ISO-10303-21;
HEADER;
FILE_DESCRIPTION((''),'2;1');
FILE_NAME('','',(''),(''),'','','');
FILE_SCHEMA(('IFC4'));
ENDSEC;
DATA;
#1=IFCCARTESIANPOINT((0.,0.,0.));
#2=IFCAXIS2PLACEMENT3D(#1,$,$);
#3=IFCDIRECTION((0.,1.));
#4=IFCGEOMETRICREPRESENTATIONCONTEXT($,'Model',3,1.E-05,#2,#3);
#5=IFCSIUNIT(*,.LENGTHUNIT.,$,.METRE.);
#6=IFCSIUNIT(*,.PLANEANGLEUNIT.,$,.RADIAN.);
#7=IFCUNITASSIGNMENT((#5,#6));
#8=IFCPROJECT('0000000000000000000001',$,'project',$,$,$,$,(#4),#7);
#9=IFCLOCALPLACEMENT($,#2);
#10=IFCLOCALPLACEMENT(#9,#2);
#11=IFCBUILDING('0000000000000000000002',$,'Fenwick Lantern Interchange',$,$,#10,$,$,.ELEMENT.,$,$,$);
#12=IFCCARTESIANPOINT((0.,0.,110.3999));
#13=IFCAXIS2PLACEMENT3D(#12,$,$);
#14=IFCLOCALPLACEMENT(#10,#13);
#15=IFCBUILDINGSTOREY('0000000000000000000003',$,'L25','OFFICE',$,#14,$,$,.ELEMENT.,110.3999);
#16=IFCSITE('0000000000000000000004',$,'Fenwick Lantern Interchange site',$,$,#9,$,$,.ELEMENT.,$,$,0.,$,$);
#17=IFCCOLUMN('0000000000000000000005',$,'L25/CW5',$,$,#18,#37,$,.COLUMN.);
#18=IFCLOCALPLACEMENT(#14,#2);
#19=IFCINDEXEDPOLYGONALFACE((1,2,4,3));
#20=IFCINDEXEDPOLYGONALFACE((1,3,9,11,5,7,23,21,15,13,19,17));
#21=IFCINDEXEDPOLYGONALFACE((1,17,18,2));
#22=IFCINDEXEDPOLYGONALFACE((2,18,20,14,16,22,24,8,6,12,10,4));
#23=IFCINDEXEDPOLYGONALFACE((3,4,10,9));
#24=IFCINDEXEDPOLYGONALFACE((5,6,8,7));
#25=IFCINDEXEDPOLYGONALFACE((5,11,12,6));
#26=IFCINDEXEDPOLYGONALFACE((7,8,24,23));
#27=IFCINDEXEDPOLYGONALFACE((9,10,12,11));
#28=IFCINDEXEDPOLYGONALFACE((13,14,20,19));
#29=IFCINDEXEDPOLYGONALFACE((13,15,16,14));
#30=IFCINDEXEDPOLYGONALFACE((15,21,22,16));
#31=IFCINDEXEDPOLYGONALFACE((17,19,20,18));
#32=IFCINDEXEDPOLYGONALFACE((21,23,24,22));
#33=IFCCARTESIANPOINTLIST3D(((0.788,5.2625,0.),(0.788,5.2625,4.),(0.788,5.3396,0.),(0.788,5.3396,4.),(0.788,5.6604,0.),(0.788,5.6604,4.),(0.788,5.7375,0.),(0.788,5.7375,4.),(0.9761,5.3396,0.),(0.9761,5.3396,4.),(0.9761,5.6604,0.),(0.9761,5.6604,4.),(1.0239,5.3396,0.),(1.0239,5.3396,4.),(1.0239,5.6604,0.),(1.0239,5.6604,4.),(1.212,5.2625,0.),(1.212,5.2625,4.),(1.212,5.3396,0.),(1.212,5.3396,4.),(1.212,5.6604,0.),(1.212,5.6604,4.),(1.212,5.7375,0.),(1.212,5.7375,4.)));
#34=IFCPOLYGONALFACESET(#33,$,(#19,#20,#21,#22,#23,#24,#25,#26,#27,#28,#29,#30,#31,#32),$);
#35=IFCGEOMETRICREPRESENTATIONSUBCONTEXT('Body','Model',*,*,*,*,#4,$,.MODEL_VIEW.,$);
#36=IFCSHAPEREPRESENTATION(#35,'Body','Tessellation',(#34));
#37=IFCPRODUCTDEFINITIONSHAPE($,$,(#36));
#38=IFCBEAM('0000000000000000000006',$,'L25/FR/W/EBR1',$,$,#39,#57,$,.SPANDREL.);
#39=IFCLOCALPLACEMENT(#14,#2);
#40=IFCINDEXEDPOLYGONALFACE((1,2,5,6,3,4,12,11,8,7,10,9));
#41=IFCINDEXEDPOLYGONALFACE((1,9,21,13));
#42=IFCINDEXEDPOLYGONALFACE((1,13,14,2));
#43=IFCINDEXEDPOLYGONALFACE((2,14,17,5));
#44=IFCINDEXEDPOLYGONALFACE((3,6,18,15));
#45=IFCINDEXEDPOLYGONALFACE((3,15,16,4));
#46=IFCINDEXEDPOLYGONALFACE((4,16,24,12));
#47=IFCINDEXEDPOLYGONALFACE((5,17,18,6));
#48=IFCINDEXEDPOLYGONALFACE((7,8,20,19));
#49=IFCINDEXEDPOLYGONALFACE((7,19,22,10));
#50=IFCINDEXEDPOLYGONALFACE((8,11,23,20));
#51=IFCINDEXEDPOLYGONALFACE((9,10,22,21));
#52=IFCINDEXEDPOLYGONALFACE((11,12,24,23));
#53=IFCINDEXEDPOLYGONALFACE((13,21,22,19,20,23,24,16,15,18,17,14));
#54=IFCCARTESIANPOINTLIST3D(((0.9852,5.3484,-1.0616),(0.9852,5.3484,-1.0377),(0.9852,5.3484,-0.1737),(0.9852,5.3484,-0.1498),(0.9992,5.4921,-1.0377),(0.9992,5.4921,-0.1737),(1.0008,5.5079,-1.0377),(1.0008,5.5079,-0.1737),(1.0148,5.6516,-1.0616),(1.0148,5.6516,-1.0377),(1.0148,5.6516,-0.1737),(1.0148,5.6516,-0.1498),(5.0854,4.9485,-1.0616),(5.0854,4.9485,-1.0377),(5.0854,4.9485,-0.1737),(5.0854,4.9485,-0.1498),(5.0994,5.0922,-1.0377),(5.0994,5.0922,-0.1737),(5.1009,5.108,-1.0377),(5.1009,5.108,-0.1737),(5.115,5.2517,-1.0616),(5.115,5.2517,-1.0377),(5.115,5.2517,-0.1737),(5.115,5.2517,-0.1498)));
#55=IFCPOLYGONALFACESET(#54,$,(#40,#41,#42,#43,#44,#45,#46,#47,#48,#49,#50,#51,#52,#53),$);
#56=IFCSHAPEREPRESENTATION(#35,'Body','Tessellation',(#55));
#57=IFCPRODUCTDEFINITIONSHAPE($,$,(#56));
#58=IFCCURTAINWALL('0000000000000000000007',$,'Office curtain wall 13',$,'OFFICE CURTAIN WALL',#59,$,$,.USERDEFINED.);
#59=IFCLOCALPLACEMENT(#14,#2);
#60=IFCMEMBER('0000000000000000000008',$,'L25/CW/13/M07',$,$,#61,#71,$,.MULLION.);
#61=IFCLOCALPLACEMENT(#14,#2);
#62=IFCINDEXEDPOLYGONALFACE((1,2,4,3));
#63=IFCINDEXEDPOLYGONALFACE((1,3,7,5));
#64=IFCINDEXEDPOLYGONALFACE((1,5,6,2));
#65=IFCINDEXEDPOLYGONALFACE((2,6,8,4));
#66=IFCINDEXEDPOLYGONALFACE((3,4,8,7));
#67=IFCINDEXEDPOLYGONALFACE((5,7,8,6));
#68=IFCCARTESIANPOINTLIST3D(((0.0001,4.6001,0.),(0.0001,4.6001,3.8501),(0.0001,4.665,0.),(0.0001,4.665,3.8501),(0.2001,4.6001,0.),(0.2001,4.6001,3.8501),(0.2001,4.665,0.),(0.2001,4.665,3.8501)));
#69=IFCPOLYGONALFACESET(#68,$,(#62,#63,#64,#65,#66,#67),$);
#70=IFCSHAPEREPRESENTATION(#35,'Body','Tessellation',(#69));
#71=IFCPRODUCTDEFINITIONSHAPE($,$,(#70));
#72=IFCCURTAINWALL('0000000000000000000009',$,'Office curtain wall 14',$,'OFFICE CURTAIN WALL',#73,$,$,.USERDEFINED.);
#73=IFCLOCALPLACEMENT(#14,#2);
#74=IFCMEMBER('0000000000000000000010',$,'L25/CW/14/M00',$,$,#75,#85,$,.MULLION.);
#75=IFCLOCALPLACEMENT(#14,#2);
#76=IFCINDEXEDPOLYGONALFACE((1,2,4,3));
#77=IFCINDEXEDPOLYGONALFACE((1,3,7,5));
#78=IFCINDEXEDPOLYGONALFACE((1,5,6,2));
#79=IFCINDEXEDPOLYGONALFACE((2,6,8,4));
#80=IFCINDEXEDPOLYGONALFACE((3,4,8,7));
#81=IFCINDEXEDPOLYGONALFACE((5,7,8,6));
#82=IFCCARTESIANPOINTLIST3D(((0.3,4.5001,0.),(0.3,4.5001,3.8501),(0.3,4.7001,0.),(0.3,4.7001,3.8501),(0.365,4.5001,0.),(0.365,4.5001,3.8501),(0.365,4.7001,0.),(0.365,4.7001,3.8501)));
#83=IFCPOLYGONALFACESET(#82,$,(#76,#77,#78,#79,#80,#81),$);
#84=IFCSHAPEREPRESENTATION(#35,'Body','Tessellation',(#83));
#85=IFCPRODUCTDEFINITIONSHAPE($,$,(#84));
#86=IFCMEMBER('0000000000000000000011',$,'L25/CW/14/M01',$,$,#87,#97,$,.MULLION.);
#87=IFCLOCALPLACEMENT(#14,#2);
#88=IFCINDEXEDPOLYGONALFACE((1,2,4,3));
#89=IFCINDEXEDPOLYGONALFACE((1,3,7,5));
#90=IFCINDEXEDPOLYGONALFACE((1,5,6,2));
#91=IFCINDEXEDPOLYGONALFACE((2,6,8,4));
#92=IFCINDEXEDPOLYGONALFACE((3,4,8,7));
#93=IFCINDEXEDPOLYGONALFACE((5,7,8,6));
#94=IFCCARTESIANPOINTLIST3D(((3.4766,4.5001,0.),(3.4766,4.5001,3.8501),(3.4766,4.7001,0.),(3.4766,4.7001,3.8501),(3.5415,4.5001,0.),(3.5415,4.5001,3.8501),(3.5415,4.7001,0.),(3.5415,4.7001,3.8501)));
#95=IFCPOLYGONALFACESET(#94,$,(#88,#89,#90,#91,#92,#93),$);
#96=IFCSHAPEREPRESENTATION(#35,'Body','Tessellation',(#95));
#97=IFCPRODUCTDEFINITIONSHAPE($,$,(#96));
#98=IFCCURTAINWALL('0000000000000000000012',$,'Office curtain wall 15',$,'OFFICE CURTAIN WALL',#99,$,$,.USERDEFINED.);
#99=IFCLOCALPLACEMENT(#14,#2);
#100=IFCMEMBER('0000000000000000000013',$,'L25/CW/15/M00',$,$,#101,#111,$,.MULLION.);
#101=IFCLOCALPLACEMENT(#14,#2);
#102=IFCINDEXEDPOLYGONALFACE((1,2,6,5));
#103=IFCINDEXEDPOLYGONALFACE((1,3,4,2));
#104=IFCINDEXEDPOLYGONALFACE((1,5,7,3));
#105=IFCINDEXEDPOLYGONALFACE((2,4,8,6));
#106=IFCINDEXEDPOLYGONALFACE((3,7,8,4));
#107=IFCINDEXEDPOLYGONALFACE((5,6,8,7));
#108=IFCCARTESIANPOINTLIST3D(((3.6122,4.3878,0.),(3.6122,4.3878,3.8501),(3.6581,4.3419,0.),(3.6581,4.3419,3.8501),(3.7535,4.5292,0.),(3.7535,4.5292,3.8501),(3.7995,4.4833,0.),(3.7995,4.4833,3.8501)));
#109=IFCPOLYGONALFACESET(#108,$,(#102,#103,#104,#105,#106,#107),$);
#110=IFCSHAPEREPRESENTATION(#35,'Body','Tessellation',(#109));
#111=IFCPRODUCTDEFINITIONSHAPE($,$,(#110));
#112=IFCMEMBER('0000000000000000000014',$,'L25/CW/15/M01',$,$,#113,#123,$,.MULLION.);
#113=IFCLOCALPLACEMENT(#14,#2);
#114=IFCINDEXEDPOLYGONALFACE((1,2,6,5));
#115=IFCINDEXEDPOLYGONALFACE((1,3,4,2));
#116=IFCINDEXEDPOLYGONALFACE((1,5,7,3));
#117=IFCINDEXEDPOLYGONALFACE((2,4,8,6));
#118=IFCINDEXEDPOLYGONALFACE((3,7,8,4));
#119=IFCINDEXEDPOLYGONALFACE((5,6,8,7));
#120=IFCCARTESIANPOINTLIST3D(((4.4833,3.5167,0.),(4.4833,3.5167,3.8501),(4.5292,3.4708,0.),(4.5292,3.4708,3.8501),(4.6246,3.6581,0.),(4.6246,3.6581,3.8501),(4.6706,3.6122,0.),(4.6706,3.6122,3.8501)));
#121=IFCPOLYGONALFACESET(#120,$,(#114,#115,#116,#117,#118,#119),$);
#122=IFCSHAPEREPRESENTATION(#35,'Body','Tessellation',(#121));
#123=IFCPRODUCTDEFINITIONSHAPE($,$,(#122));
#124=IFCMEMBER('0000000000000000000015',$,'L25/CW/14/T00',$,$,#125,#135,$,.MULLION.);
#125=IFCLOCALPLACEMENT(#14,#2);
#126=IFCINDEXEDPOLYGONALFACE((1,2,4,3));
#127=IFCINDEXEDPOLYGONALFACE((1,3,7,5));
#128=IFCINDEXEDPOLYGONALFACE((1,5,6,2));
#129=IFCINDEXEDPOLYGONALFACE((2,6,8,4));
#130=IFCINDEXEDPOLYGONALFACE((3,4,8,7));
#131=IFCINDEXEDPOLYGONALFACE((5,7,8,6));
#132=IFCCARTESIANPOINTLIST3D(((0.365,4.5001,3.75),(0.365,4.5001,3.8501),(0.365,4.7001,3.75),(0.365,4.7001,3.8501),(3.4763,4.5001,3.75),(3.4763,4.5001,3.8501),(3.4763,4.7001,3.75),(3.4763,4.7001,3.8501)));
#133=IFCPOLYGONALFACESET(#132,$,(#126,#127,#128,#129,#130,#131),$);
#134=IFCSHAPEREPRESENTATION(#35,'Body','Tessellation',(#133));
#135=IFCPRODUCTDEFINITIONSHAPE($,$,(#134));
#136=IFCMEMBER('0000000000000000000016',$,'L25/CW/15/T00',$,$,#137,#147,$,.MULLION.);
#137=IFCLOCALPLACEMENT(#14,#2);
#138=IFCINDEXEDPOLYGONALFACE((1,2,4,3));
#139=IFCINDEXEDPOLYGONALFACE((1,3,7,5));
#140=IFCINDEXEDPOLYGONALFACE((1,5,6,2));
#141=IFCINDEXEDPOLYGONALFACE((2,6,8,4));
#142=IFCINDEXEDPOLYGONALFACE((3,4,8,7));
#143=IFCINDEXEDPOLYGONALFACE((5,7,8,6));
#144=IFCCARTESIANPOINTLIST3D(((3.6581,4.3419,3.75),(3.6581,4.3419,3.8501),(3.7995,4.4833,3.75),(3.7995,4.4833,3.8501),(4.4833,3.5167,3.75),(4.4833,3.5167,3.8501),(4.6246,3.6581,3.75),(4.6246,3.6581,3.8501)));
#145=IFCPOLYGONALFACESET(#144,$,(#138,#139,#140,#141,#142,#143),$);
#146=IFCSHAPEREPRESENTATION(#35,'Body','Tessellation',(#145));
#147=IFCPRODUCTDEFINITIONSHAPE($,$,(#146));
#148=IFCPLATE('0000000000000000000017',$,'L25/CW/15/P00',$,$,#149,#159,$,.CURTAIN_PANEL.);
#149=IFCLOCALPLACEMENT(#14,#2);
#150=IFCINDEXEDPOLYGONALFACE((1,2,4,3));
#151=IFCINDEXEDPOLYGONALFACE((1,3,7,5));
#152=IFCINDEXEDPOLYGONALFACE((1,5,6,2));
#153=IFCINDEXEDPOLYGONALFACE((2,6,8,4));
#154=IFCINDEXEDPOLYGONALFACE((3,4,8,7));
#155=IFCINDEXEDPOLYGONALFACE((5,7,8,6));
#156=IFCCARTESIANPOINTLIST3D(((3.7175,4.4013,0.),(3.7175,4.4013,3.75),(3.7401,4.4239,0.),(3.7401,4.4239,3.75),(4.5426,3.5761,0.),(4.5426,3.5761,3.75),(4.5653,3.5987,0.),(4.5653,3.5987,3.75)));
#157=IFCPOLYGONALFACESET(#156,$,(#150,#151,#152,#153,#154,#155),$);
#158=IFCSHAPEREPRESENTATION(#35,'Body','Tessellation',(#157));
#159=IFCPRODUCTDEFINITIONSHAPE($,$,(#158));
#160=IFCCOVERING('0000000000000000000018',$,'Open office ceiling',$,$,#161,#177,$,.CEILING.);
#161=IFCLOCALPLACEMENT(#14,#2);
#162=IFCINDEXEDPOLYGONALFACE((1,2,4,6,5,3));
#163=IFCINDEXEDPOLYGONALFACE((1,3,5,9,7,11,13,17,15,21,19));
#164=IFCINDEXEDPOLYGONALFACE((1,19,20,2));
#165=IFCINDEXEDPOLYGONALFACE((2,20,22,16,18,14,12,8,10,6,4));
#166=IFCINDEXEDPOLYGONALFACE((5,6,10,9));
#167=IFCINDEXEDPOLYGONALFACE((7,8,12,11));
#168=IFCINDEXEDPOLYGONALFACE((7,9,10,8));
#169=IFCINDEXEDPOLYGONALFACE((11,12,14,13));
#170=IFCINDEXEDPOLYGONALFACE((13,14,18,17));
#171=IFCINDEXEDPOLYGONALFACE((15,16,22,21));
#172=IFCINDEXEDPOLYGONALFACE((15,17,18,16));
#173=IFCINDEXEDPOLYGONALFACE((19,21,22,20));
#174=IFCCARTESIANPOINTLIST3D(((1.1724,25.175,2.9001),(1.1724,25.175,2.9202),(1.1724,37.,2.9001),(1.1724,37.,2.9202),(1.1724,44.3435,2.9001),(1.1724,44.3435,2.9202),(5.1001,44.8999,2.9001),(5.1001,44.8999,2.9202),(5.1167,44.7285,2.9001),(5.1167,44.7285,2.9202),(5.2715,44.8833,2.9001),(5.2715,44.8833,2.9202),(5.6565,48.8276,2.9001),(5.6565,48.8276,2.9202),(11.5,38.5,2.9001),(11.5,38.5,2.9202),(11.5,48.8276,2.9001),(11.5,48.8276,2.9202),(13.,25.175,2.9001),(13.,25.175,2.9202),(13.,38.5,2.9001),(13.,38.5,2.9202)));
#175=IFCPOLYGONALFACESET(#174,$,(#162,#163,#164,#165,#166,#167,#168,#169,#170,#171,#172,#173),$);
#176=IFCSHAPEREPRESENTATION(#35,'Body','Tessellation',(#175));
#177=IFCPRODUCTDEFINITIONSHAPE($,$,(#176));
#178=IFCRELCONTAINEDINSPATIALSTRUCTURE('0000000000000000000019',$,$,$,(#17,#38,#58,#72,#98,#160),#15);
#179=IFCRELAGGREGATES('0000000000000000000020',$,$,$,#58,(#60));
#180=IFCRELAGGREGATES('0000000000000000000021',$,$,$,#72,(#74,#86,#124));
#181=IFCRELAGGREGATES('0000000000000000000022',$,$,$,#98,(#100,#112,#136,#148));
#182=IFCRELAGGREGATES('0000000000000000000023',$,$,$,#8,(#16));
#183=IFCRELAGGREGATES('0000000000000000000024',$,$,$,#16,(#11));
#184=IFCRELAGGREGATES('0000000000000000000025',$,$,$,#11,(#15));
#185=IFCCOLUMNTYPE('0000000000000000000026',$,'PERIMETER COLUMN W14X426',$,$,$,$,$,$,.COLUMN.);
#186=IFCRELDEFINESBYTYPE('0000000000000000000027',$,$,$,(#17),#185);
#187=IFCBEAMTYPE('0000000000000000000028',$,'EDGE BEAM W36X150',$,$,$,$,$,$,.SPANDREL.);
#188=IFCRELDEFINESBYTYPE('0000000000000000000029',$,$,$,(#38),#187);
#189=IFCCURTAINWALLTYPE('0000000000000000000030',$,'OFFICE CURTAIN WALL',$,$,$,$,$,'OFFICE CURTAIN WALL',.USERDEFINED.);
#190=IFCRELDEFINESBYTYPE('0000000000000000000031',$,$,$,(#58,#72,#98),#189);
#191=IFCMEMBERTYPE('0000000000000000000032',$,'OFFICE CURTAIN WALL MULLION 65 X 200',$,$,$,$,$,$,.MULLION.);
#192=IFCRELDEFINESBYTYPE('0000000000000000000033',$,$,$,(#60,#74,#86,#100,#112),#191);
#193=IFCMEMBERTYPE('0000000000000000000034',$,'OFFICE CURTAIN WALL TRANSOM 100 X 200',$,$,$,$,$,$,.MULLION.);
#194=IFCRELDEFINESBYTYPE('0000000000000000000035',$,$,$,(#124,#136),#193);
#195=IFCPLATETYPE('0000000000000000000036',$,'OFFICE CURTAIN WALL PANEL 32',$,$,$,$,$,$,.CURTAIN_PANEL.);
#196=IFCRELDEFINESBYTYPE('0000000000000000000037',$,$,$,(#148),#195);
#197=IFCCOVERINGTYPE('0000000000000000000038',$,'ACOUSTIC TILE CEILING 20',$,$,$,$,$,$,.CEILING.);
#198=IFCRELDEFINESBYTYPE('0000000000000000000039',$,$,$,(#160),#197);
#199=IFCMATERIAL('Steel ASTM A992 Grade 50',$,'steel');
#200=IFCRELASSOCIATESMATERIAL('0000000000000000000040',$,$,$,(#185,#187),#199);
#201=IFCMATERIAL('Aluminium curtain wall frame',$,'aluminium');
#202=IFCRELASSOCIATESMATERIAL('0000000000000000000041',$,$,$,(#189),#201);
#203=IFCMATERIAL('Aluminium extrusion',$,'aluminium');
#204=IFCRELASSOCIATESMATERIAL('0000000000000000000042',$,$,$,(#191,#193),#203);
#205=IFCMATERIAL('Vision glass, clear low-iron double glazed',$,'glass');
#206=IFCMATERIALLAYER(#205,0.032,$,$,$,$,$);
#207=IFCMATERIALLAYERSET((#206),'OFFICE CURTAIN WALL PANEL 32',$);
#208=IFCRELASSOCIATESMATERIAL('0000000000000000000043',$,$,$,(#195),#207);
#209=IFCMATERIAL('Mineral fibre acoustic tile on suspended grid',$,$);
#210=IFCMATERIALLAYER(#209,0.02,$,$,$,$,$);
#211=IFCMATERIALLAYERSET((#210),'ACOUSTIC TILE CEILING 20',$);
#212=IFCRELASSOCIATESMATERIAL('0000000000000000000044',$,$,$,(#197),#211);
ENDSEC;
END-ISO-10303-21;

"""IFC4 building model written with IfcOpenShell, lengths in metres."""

from ifc_helpers import new_model, si_unit, direction, frame, origin, origin_2d, place, context, subcontext, project, spatial, polyline, rectangle, i_section, outline, extrude, material, layer, layer_set, material_profile, profile_set, type_object, element, aggregate, save


model = new_model("IFC4")

# Units and contexts
model_context = context("Model", 3, precision=1e-05, world=origin(), true_north=direction((0.0, 1.0)))
body_context = subcontext(model_context, "Body", "Model", "MODEL_VIEW")
ifc_project = project(units=[si_unit("LENGTHUNIT", "METRE"), si_unit("PLANEANGLEUNIT", "RADIAN")], contexts=[model_context])

# Site, building, storey
site_placement = place(None, origin())
site = spatial("IfcSite", under=ifc_project, at=site_placement, Name="Fenwick Lantern Interchange site", CompositionType="ELEMENT", RefElevation=0.0)
building_placement = place(site_placement, origin())
building = spatial("IfcBuilding", under=site, at=building_placement, Name="Fenwick Lantern Interchange", CompositionType="ELEMENT")
storey_placement = place(building_placement, frame((0.0, 0.0, 110.3999)))
storey = spatial("IfcBuildingStorey", under=building, at=storey_placement, Name="L25", Description="OFFICE", CompositionType="ELEMENT", Elevation=110.3999)

# Column
ifc_material_1 = material(Name="Steel ASTM A992 Grade 50", Category="steel")
ifc_material_profile_1 = material_profile(ifc_material_1, i_section(OverallWidth=0.4241, OverallDepth=0.4751, WebThickness=0.0479, FlangeThickness=0.0771, at=origin_2d()), Name="W14X426")
ifc_profile_set_1 = profile_set([ifc_material_profile_1], Name="Steel ASTM A992 Grade 50")
column_type = type_object("IfcColumnType", Name="PERIMETER COLUMN W14X426", PredefinedType="COLUMN", material=ifc_profile_set_1)
column_placement = place(storey_placement, frame((1.0, 5.5, 0.0), z_axis=(0.0, 0.0, 1.0), x_axis=(1.0, 0.0, 0.0)))
element("IfcColumn", 1, at=column_placement, inside=storey, type_object=column_type, Name="L25/CW5", PredefinedType="COLUMN", context=body_context, shape_type="SweptSolid", body=[
    extrude(i_section(OverallWidth=0.4241, OverallDepth=0.4751, WebThickness=0.0479, FlangeThickness=0.0771, at=origin_2d()), origin(), (0.0, 0.0, 1.0), 4.0),
])

# Beam
ifc_material_profile_2 = material_profile(ifc_material_1, i_section(OverallWidth=0.3047, OverallDepth=0.9119, WebThickness=0.0159, FlangeThickness=0.0239, at=origin_2d()), Name="W36X150")
ifc_profile_set_2 = profile_set([ifc_material_profile_2], Name="Steel ASTM A992 Grade 50")
beam_type = type_object("IfcBeamType", Name="EDGE BEAM W36X150", PredefinedType="SPANDREL", material=ifc_profile_set_2)
beam_placement = place(storey_placement, frame((1.0, 5.5, -0.6057), z_axis=(0.995277, -0.097074, 0.0), x_axis=(0.097074, 0.995277, 0.0)))
element("IfcBeam", 2, at=beam_placement, inside=storey, type_object=beam_type, Name="L25/FR/W/EBR1", PredefinedType="SPANDREL", context=body_context, shape_type="SweptSolid", body=[
    extrude(i_section(OverallWidth=0.3047, OverallDepth=0.9119, WebThickness=0.0159, FlangeThickness=0.0239, at=origin_2d()), origin(), (0.0, 0.0, 1.0), 4.1196),
])

# Curtain wall, member
ifc_material_2 = material(Name="Aluminium curtain wall frame", Category="aluminium")
curtain_wall_type = type_object("IfcCurtainWallType", Name="OFFICE CURTAIN WALL", ElementType="OFFICE CURTAIN WALL", PredefinedType="USERDEFINED", material=ifc_material_2)
curtain_wall_1_placement = place(storey_placement, origin())
curtain_wall_1 = element("IfcCurtainWall", 3, at=curtain_wall_1_placement, inside=storey, type_object=curtain_wall_type, Name="Office curtain wall 13", ObjectType="OFFICE CURTAIN WALL", PredefinedType="USERDEFINED")
ifc_material_3 = material(Name="Aluminium extrusion", Category="aluminium")
ifc_material_profile_3 = material_profile(ifc_material_3, rectangle(XDim=0.2, YDim=0.0649, at=origin_2d()), Name="OFFICE CURTAIN WALL MULLION 65 X 200")
ifc_profile_set_3 = profile_set([ifc_material_profile_3], Name="Aluminium extrusion")
member_type_1 = type_object("IfcMemberType", Name="OFFICE CURTAIN WALL MULLION 65 X 200", PredefinedType="MULLION", material=ifc_profile_set_3)
member_1_placement = place(storey_placement, frame((0.1001, 4.6326, 0.0), z_axis=(0.0, 0.0, 1.0), x_axis=(1.0, 0.0, 0.0)))
member_1 = element("IfcMember", 4, at=member_1_placement, type_object=member_type_1, Name="L25/CW/13/M07", PredefinedType="MULLION", context=body_context, shape_type="SweptSolid", body=[
    extrude(rectangle(XDim=0.2, YDim=0.0649, at=origin_2d()), origin(), (0.0, 0.0, 1.0), 3.8501),
])
aggregate(curtain_wall_1, [member_1])

# Curtain walls, members
curtain_wall_2_placement = place(storey_placement, origin())
curtain_wall_2 = element("IfcCurtainWall", 5, at=curtain_wall_2_placement, inside=storey, type_object=curtain_wall_type, Name="Office curtain wall 14", ObjectType="OFFICE CURTAIN WALL", PredefinedType="USERDEFINED")
member_2_placement = place(storey_placement, frame((0.3325, 4.6001, 0.0), z_axis=(0.0, 0.0, 1.0), x_axis=(0.0, 1.0, 0.0)))
member_2 = element("IfcMember", 6, at=member_2_placement, type_object=member_type_1, Name="L25/CW/14/M00", PredefinedType="MULLION", context=body_context, shape_type="SweptSolid", body=[
    extrude(rectangle(XDim=0.2, YDim=0.0649, at=origin_2d()), origin(), (0.0, 0.0, 1.0), 3.8501),
])
member_3_placement = place(storey_placement, frame((3.509, 4.6001, 0.0), z_axis=(0.0, 0.0, 1.0), x_axis=(0.0, 1.0, 0.0)))
member_3 = element("IfcMember", 7, at=member_3_placement, type_object=member_type_1, Name="L25/CW/14/M01", PredefinedType="MULLION", context=body_context, shape_type="SweptSolid", body=[
    extrude(rectangle(XDim=0.2, YDim=0.0649, at=origin_2d()), origin(), (0.0, 0.0, 1.0), 3.8501),
])
curtain_wall_3_placement = place(storey_placement, origin())
curtain_wall_3 = element("IfcCurtainWall", 8, at=curtain_wall_3_placement, inside=storey, type_object=curtain_wall_type, Name="Office curtain wall 15", ObjectType="OFFICE CURTAIN WALL", PredefinedType="USERDEFINED")
member_4_placement = place(storey_placement, frame((3.7058, 4.4355, 0.0), z_axis=(0.0, 0.0, 1.0), x_axis=(0.707107, 0.707107, 0.0)))
member_4 = element("IfcMember", 9, at=member_4_placement, type_object=member_type_1, Name="L25/CW/15/M00", PredefinedType="MULLION", context=body_context, shape_type="SweptSolid", body=[
    extrude(rectangle(XDim=0.2, YDim=0.0649, at=origin_2d()), origin(), (0.0, 0.0, 1.0), 3.8501),
])
member_5_placement = place(storey_placement, frame((4.5769, 3.5645, 0.0), z_axis=(0.0, 0.0, 1.0), x_axis=(0.707107, 0.707107, 0.0)))
member_5 = element("IfcMember", 10, at=member_5_placement, type_object=member_type_1, Name="L25/CW/15/M01", PredefinedType="MULLION", context=body_context, shape_type="SweptSolid", body=[
    extrude(rectangle(XDim=0.2, YDim=0.0649, at=origin_2d()), origin(), (0.0, 0.0, 1.0), 3.8501),
])

# Members
ifc_material_profile_4 = material_profile(ifc_material_3, rectangle(XDim=0.2, YDim=0.1001, at=origin_2d()), Name="OFFICE CURTAIN WALL TRANSOM 100 X 200")
ifc_profile_set_4 = profile_set([ifc_material_profile_4], Name="Aluminium extrusion")
member_type_2 = type_object("IfcMemberType", Name="OFFICE CURTAIN WALL TRANSOM 100 X 200", PredefinedType="MULLION", material=ifc_profile_set_4)
member_6_placement = place(storey_placement, frame((0.365, 4.6001, 3.8), z_axis=(1.0, 0.0, 0.0), x_axis=(0.0, 1.0, 0.0)))
member_6 = element("IfcMember", 11, at=member_6_placement, type_object=member_type_2, Name="L25/CW/14/T00", PredefinedType="MULLION", context=body_context, shape_type="SweptSolid", body=[
    extrude(rectangle(XDim=0.2, YDim=0.1001, at=origin_2d()), origin(), (0.0, 0.0, 1.0), 3.1113),
])
aggregate(curtain_wall_2, [member_2, member_3, member_6])
member_7_placement = place(storey_placement, frame((3.7288, 4.4126, 3.8), z_axis=(0.707107, -0.707107, 0.0), x_axis=(0.707107, 0.707107, 0.0)))
member_7 = element("IfcMember", 12, at=member_7_placement, type_object=member_type_2, Name="L25/CW/15/T00", PredefinedType="MULLION", context=body_context, shape_type="SweptSolid", body=[
    extrude(rectangle(XDim=0.2, YDim=0.1001, at=origin_2d()), origin(), (0.0, 0.0, 1.0), 1.167),
])

# Shared definitions
ifc_material_4 = material(Name="Vision glass, clear low-iron double glazed", Category="glass")
ifc_layer_1 = layer(ifc_material_4, 0.032)
ifc_layer_set_1 = layer_set([ifc_layer_1], Name="OFFICE CURTAIN WALL PANEL 32")
plate_type = type_object("IfcPlateType", Name="OFFICE CURTAIN WALL PANEL 32", PredefinedType="CURTAIN_PANEL", material=ifc_layer_set_1)

# Plate
plate_1_placement = place(storey_placement, frame((4.1414, 4.0, 0.0), z_axis=(0.0, 0.0, 1.0), x_axis=(0.707107, -0.707107, 0.0)))
plate_1 = element("IfcPlate", 13, at=plate_1_placement, type_object=plate_type, Name="L25/CW/15/P00", PredefinedType="CURTAIN_PANEL", context=body_context, shape_type="SweptSolid", body=[
    extrude(rectangle(XDim=1.167, YDim=0.032, at=origin_2d()), origin(), (0.0, 0.0, 1.0), 3.75),
])
aggregate(curtain_wall_3, [member_4, member_5, member_7, plate_1])

# Covering
ifc_material_5 = material(Name="Mineral fibre acoustic tile on suspended grid")
ifc_layer_2 = layer(ifc_material_5, 0.02)
ifc_layer_set_2 = layer_set([ifc_layer_2], Name="ACOUSTIC TILE CEILING 20")
covering_type_1 = type_object("IfcCoveringType", Name="ACOUSTIC TILE CEILING 20", PredefinedType="CEILING", material=ifc_layer_set_2)
covering_1_placement = place(storey_placement, frame((0.0, 0.0, 2.9001)))
element("IfcCovering", 14, at=covering_1_placement, inside=storey, type_object=covering_type_1, Name="Open office ceiling", PredefinedType="CEILING", context=body_context, shape_type="SweptSolid", body=[
    extrude(outline(polyline([(11.5, 38.5), (11.5, 48.8276), (5.6565, 48.8276), (5.2715, 44.8833), (5.1001, 44.8999), (5.1167, 44.7285), (1.1724, 44.3435), (1.1724, 37.0), (1.1724, 25.175), (13.0, 25.175), (13.0, 38.5), (11.5, 38.5)])), origin(), (0.0, 0.0, 1.0), 0.02),
])

save(model, "model.ifc")
